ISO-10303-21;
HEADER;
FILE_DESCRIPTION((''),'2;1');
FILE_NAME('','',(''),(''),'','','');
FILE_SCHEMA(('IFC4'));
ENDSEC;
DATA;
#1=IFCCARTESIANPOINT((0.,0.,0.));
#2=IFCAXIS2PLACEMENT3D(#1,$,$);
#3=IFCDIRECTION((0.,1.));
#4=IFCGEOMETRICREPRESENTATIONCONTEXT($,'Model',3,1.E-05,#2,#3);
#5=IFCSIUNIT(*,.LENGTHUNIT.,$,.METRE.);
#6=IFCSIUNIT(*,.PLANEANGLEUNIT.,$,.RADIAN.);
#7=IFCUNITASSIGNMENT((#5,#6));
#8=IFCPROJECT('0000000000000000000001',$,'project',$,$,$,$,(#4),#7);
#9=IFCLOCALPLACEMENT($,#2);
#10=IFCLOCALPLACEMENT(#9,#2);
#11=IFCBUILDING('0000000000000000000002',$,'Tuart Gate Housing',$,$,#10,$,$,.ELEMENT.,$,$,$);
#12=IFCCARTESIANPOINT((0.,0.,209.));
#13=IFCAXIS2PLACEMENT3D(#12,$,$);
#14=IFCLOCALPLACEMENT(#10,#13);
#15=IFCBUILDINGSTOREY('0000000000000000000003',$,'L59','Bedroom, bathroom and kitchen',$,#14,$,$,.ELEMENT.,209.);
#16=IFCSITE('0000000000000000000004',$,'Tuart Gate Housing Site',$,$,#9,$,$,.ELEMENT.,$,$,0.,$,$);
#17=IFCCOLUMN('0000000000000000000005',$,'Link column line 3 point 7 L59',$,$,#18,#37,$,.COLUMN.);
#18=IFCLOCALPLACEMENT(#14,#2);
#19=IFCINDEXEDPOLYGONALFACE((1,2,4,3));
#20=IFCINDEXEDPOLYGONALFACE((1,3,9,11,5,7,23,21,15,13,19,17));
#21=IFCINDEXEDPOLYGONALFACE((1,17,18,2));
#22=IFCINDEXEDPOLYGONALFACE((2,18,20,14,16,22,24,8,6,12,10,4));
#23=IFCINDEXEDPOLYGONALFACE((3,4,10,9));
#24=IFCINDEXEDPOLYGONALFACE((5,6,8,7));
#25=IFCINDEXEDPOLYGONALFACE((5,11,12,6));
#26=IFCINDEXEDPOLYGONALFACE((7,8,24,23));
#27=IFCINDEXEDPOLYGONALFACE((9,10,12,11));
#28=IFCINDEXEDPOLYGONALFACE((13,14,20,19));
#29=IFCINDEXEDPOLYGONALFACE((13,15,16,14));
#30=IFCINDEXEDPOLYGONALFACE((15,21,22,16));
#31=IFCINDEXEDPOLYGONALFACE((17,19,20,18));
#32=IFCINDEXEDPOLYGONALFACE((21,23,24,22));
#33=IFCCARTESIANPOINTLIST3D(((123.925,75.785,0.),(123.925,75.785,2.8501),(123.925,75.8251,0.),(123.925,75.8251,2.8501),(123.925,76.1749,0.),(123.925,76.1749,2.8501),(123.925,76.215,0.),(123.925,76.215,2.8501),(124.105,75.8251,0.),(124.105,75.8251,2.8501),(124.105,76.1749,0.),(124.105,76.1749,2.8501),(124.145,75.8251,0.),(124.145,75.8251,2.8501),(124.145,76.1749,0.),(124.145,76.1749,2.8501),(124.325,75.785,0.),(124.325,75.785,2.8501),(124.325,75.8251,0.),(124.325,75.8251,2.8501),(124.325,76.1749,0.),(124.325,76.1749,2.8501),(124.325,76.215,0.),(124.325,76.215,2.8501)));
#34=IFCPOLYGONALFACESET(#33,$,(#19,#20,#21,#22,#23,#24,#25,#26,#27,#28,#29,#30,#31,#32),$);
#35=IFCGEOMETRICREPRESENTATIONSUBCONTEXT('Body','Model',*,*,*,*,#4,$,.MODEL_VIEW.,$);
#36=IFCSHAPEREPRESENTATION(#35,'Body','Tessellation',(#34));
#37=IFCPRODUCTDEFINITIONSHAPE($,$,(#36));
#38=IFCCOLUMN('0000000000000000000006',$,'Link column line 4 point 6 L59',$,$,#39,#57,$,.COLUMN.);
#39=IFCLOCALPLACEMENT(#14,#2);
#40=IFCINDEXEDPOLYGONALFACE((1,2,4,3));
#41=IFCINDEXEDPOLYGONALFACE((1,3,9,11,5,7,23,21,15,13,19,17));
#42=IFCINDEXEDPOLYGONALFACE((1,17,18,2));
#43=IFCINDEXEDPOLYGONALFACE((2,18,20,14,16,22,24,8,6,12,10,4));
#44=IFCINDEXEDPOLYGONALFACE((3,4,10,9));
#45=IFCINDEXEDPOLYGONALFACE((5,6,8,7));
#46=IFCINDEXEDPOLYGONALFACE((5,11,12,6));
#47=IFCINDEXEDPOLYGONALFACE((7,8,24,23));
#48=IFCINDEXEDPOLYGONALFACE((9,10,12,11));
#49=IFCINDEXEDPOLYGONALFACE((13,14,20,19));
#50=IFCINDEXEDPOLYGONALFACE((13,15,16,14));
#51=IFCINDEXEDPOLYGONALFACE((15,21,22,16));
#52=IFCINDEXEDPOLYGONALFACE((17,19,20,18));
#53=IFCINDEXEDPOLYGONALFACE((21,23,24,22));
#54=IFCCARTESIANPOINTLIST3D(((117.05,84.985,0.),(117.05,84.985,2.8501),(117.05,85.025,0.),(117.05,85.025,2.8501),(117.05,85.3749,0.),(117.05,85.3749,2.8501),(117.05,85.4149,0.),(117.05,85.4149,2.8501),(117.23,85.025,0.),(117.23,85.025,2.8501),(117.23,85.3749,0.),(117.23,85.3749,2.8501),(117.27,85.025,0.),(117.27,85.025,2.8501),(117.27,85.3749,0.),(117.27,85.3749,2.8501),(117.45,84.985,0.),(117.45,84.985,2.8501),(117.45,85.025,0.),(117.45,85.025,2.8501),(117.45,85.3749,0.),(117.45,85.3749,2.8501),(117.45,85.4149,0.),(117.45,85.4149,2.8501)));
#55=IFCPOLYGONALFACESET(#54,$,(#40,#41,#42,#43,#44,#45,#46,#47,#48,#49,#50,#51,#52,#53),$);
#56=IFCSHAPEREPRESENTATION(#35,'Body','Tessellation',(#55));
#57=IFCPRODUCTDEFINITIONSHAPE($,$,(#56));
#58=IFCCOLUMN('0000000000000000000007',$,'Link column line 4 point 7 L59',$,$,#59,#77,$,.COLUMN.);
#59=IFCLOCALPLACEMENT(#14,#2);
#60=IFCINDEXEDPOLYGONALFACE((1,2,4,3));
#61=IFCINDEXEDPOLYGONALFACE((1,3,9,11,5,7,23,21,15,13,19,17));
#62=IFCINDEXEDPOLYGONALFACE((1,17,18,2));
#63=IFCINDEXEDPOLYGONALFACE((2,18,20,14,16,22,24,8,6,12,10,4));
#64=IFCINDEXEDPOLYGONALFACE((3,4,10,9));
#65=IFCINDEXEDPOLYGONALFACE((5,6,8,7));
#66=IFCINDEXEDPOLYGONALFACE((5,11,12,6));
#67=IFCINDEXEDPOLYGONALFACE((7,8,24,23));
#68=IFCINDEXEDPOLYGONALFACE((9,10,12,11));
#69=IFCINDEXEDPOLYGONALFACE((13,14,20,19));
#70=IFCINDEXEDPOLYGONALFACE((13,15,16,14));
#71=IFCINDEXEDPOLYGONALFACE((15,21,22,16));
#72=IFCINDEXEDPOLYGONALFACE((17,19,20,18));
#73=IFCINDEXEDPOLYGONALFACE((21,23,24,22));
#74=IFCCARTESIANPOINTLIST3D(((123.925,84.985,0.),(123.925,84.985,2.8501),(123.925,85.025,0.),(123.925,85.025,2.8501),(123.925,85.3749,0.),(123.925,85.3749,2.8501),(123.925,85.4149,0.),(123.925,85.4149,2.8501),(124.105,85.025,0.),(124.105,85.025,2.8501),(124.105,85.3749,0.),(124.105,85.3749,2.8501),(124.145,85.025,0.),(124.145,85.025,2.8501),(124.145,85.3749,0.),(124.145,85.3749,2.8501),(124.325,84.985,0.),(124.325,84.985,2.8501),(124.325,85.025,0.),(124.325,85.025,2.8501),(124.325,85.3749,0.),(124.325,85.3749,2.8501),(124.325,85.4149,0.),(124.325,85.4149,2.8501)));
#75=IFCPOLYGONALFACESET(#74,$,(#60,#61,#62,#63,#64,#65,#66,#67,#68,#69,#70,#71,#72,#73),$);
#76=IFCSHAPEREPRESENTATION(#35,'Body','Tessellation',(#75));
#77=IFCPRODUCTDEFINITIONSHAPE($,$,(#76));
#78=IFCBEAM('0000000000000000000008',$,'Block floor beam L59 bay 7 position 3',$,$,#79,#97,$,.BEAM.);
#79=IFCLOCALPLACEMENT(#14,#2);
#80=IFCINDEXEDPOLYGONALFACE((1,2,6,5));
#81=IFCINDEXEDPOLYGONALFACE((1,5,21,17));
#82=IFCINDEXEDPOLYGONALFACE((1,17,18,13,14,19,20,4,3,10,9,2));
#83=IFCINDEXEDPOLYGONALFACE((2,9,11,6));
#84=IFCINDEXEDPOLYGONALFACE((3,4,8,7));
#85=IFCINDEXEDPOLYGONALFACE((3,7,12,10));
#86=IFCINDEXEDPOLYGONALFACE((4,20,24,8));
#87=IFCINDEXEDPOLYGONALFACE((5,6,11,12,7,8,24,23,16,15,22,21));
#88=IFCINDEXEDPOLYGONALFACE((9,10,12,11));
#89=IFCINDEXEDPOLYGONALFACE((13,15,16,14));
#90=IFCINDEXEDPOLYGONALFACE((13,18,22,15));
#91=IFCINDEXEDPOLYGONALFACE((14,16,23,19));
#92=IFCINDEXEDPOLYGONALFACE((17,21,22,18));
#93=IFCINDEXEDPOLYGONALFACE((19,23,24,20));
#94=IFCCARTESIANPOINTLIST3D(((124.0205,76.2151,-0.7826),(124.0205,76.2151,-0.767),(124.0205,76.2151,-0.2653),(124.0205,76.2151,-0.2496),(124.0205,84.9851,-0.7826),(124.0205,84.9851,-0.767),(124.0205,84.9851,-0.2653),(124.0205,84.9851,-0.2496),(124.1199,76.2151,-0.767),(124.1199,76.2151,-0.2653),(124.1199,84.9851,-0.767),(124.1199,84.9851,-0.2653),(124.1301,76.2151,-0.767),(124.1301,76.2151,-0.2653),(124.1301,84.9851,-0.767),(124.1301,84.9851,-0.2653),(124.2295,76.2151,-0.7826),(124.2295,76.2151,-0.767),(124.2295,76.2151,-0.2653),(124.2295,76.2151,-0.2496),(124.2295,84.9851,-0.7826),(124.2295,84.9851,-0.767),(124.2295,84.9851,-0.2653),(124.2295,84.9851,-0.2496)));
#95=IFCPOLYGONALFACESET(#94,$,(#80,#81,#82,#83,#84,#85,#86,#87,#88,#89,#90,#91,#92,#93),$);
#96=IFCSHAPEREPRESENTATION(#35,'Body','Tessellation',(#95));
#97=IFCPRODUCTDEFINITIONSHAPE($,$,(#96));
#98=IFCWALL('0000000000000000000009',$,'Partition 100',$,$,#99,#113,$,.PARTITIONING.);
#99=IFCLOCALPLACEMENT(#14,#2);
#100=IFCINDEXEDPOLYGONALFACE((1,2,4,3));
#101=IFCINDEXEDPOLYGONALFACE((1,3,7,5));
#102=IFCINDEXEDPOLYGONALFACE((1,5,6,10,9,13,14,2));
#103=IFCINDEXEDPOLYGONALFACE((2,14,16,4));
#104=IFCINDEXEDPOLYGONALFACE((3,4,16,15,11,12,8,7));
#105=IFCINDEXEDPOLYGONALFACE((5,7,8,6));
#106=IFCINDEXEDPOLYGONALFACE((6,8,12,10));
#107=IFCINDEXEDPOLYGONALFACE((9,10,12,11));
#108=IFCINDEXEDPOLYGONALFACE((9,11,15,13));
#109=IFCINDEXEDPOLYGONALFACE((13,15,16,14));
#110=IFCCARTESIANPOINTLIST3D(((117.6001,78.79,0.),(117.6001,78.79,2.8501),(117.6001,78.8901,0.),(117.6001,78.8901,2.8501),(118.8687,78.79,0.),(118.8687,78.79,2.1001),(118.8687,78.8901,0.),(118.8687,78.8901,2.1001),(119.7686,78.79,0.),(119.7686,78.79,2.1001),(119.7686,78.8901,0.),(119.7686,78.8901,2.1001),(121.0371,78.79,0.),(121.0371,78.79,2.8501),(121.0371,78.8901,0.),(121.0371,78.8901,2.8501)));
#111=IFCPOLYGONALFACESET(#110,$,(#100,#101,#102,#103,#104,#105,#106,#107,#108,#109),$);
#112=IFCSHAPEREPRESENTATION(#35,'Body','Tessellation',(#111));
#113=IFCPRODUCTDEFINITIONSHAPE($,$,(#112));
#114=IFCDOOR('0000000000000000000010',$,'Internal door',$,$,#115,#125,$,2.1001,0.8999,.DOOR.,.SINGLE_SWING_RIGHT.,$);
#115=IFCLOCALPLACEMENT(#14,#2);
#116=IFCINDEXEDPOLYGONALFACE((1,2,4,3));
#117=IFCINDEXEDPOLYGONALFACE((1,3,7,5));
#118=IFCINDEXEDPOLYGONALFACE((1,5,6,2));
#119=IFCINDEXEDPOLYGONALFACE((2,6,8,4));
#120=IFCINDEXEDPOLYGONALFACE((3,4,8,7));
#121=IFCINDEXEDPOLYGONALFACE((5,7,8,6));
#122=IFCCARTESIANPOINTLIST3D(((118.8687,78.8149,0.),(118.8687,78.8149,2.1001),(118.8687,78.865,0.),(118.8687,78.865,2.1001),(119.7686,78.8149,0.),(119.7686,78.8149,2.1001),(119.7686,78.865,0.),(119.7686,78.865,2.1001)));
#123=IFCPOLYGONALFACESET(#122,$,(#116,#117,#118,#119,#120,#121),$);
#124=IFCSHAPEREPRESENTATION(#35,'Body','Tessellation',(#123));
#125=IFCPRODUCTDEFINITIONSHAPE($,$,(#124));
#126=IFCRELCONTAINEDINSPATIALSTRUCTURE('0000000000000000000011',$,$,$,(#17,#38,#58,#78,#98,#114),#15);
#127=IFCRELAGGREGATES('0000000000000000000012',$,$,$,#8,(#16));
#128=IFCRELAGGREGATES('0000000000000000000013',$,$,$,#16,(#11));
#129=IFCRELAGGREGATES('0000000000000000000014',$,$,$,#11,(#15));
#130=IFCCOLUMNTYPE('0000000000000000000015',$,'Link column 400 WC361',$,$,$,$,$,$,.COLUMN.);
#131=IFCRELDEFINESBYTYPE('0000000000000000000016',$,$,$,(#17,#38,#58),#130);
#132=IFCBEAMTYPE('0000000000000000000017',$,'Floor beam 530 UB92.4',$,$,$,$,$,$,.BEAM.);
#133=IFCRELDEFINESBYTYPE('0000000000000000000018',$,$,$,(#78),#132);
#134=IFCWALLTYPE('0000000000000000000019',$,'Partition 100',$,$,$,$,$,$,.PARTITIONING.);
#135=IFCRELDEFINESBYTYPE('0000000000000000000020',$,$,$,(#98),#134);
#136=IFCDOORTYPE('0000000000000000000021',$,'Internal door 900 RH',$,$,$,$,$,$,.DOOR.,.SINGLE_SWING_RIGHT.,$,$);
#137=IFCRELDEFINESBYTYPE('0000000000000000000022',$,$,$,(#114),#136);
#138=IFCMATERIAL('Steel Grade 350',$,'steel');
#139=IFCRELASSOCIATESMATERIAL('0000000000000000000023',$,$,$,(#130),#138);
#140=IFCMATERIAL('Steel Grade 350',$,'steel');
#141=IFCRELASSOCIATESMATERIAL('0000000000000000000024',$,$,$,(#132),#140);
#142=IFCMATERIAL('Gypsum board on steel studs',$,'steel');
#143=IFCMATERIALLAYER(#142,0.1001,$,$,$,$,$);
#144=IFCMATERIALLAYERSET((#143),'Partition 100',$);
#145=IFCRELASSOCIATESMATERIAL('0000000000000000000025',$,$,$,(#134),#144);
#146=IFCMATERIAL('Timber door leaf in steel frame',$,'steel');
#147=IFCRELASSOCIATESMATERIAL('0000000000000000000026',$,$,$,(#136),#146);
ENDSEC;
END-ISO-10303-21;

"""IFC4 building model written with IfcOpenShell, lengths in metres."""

from ifc_helpers import new_model, si_unit, direction, frame, frame_2d, origin, origin_2d, place, context, subcontext, project, spatial, rectangle, i_section, extrude, material, layer, layer_set, material_profile, profile_set, type_object, element, fill, save


model = new_model("IFC4")

# Units and contexts
model_context = context("Model", 3, precision=1e-05, world=origin(), true_north=direction((0.0, 1.0)))
body_context = subcontext(model_context, "Body", "Model", "MODEL_VIEW")
ifc_project = project(units=[si_unit("LENGTHUNIT", "METRE"), si_unit("PLANEANGLEUNIT", "RADIAN")], contexts=[model_context])

# Site, building, storey
site_placement = place(None, origin())
site = spatial("IfcSite", under=ifc_project, at=site_placement, Name="Tuart Gate Housing Site", CompositionType="ELEMENT", RefElevation=0.0)
building_placement = place(site_placement, origin())
building = spatial("IfcBuilding", under=site, at=building_placement, Name="Tuart Gate Housing", CompositionType="ELEMENT")
storey_placement = place(building_placement, frame((0.0, 0.0, 209.0)))
storey = spatial("IfcBuildingStorey", under=building, at=storey_placement, Name="L59", Description="Bedroom, bathroom and kitchen", CompositionType="ELEMENT", Elevation=209.0)

# Columns
ifc_material_1 = material(Name="Steel Grade 350", Category="steel")
ifc_material_profile_1 = material_profile(ifc_material_1, i_section(OverallWidth=0.3999, OverallDepth=0.4299, WebThickness=0.04, FlangeThickness=0.04, at=origin_2d()), Name="400WC361")
ifc_profile_set_1 = profile_set([ifc_material_profile_1], Name="Steel Grade 350")
column_type = type_object("IfcColumnType", Name="Link column 400 WC361", PredefinedType="COLUMN", material=ifc_profile_set_1)
for number, where, z_axis, x_axis, name in (
    (1, (124.125, 76.0, 0.0), (0.0, 0.0, 1.0), (1.0, 0.0, 0.0), "Link column line 3 point 7 L59"),
    (2, (117.25, 85.2, 0.0), (0.0, 0.0, 1.0), (1.0, 0.0, 0.0), "Link column line 4 point 6 L59"),
    (3, (124.125, 85.2, 0.0), (0.0, 0.0, 1.0), (1.0, 0.0, 0.0), "Link column line 4 point 7 L59"),
):
    element("IfcColumn", number, at=place(storey_placement, frame(where, z_axis=z_axis, x_axis=x_axis)), inside=storey, type_object=column_type, Name=name, PredefinedType="COLUMN", context=body_context, shape_type="SweptSolid", body=[
        extrude(i_section(OverallWidth=0.3999, OverallDepth=0.4299, WebThickness=0.04, FlangeThickness=0.04, at=origin_2d()), origin(), (0.0, 0.0, 1.0), 2.8501),
    ])

# Beam
ifc_material_2 = material(Name="Steel Grade 350", Category="steel")
ifc_material_profile_2 = material_profile(ifc_material_2, i_section(OverallWidth=0.209, OverallDepth=0.533, WebThickness=0.0103, FlangeThickness=0.0156, at=origin_2d()), Name="530UB92.4")
ifc_profile_set_2 = profile_set([ifc_material_profile_2], Name="Steel Grade 350")
beam_type = type_object("IfcBeamType", Name="Floor beam 530 UB92.4", PredefinedType="BEAM", material=ifc_profile_set_2)
beam_placement = place(storey_placement, frame((124.125, 76.2151, -0.5161), z_axis=(0.0, 1.0, 0.0), x_axis=(-1.0, 0.0, 0.0)))
element("IfcBeam", 4, at=beam_placement, inside=storey, type_object=beam_type, Name="Block floor beam L59 bay 7 position 3", PredefinedType="BEAM", context=body_context, shape_type="SweptSolid", body=[
    extrude(i_section(OverallWidth=0.209, OverallDepth=0.533, WebThickness=0.0103, FlangeThickness=0.0156, at=origin_2d()), origin(), (0.0, 0.0, 1.0), 8.77),
])

# Wall, opening, door
ifc_material_3 = material(Name="Gypsum board on steel studs", Category="steel")
ifc_layer = layer(ifc_material_3, 0.1001)
ifc_layer_set = layer_set([ifc_layer], Name="Partition 100")
wall_type = type_object("IfcWallType", Name="Partition 100", PredefinedType="PARTITIONING", material=ifc_layer_set)
wall_placement = place(storey_placement, frame((117.6001, 78.8401, 0.0), z_axis=(0.0, 0.0, 1.0), x_axis=(1.0, 0.0, 0.0)))
wall = element("IfcWall", 5, at=wall_placement, inside=storey, type_object=wall_type, Name="Partition 100", PredefinedType="PARTITIONING", context=body_context, shape_type="SweptSolid", body=[
    extrude(rectangle(XDim=3.437, YDim=0.1001, at=frame_2d((1.7185, 0.0))), origin(), (0.0, 0.0, 1.0), 2.8501),
])
opening_placement = place(wall_placement, frame((1.2686, 0.0, 0.0)))
opening = element("IfcOpeningElement", 6, at=opening_placement, cuts=wall, PredefinedType="OPENING", context=body_context, shape_type="SweptSolid", body=[
    extrude(rectangle(XDim=0.8999, YDim=2.1001, at=frame_2d((0.45, 1.05))), frame((0.0, 0.0601, 0.0), z_axis=(0.0, -1.0, 0.0), x_axis=(1.0, 0.0, 0.0)), (0.0, 0.0, 1.0), 0.1201),
])
ifc_material_4 = material(Name="Timber door leaf in steel frame", Category="steel")
door_type = type_object("IfcDoorType", Name="Internal door 900 RH", OperationType="SINGLE_SWING_RIGHT", PredefinedType="DOOR", material=ifc_material_4)
door_placement = place(opening_placement, frame((0.8999, 0.0, 0.0), z_axis=(0.0, 0.0, 1.0), x_axis=(-1.0, 0.0, 0.0)))
door = element("IfcDoor", 7, at=door_placement, inside=storey, type_object=door_type, Name="Internal door", OperationType="SINGLE_SWING_RIGHT", OverallHeight=2.1001, OverallWidth=0.8999, PredefinedType="DOOR", context=body_context, shape_type="SweptSolid", body=[
    extrude(rectangle(XDim=0.8999, YDim=2.1001, at=frame_2d((0.45, 1.05))), frame((0.0, 0.0251, 0.0), z_axis=(0.0, -1.0, 0.0), x_axis=(1.0, 0.0, 0.0)), (0.0, 0.0, 1.0), 0.05),
])
fill(opening, door)

save(model, "model.ifc")
